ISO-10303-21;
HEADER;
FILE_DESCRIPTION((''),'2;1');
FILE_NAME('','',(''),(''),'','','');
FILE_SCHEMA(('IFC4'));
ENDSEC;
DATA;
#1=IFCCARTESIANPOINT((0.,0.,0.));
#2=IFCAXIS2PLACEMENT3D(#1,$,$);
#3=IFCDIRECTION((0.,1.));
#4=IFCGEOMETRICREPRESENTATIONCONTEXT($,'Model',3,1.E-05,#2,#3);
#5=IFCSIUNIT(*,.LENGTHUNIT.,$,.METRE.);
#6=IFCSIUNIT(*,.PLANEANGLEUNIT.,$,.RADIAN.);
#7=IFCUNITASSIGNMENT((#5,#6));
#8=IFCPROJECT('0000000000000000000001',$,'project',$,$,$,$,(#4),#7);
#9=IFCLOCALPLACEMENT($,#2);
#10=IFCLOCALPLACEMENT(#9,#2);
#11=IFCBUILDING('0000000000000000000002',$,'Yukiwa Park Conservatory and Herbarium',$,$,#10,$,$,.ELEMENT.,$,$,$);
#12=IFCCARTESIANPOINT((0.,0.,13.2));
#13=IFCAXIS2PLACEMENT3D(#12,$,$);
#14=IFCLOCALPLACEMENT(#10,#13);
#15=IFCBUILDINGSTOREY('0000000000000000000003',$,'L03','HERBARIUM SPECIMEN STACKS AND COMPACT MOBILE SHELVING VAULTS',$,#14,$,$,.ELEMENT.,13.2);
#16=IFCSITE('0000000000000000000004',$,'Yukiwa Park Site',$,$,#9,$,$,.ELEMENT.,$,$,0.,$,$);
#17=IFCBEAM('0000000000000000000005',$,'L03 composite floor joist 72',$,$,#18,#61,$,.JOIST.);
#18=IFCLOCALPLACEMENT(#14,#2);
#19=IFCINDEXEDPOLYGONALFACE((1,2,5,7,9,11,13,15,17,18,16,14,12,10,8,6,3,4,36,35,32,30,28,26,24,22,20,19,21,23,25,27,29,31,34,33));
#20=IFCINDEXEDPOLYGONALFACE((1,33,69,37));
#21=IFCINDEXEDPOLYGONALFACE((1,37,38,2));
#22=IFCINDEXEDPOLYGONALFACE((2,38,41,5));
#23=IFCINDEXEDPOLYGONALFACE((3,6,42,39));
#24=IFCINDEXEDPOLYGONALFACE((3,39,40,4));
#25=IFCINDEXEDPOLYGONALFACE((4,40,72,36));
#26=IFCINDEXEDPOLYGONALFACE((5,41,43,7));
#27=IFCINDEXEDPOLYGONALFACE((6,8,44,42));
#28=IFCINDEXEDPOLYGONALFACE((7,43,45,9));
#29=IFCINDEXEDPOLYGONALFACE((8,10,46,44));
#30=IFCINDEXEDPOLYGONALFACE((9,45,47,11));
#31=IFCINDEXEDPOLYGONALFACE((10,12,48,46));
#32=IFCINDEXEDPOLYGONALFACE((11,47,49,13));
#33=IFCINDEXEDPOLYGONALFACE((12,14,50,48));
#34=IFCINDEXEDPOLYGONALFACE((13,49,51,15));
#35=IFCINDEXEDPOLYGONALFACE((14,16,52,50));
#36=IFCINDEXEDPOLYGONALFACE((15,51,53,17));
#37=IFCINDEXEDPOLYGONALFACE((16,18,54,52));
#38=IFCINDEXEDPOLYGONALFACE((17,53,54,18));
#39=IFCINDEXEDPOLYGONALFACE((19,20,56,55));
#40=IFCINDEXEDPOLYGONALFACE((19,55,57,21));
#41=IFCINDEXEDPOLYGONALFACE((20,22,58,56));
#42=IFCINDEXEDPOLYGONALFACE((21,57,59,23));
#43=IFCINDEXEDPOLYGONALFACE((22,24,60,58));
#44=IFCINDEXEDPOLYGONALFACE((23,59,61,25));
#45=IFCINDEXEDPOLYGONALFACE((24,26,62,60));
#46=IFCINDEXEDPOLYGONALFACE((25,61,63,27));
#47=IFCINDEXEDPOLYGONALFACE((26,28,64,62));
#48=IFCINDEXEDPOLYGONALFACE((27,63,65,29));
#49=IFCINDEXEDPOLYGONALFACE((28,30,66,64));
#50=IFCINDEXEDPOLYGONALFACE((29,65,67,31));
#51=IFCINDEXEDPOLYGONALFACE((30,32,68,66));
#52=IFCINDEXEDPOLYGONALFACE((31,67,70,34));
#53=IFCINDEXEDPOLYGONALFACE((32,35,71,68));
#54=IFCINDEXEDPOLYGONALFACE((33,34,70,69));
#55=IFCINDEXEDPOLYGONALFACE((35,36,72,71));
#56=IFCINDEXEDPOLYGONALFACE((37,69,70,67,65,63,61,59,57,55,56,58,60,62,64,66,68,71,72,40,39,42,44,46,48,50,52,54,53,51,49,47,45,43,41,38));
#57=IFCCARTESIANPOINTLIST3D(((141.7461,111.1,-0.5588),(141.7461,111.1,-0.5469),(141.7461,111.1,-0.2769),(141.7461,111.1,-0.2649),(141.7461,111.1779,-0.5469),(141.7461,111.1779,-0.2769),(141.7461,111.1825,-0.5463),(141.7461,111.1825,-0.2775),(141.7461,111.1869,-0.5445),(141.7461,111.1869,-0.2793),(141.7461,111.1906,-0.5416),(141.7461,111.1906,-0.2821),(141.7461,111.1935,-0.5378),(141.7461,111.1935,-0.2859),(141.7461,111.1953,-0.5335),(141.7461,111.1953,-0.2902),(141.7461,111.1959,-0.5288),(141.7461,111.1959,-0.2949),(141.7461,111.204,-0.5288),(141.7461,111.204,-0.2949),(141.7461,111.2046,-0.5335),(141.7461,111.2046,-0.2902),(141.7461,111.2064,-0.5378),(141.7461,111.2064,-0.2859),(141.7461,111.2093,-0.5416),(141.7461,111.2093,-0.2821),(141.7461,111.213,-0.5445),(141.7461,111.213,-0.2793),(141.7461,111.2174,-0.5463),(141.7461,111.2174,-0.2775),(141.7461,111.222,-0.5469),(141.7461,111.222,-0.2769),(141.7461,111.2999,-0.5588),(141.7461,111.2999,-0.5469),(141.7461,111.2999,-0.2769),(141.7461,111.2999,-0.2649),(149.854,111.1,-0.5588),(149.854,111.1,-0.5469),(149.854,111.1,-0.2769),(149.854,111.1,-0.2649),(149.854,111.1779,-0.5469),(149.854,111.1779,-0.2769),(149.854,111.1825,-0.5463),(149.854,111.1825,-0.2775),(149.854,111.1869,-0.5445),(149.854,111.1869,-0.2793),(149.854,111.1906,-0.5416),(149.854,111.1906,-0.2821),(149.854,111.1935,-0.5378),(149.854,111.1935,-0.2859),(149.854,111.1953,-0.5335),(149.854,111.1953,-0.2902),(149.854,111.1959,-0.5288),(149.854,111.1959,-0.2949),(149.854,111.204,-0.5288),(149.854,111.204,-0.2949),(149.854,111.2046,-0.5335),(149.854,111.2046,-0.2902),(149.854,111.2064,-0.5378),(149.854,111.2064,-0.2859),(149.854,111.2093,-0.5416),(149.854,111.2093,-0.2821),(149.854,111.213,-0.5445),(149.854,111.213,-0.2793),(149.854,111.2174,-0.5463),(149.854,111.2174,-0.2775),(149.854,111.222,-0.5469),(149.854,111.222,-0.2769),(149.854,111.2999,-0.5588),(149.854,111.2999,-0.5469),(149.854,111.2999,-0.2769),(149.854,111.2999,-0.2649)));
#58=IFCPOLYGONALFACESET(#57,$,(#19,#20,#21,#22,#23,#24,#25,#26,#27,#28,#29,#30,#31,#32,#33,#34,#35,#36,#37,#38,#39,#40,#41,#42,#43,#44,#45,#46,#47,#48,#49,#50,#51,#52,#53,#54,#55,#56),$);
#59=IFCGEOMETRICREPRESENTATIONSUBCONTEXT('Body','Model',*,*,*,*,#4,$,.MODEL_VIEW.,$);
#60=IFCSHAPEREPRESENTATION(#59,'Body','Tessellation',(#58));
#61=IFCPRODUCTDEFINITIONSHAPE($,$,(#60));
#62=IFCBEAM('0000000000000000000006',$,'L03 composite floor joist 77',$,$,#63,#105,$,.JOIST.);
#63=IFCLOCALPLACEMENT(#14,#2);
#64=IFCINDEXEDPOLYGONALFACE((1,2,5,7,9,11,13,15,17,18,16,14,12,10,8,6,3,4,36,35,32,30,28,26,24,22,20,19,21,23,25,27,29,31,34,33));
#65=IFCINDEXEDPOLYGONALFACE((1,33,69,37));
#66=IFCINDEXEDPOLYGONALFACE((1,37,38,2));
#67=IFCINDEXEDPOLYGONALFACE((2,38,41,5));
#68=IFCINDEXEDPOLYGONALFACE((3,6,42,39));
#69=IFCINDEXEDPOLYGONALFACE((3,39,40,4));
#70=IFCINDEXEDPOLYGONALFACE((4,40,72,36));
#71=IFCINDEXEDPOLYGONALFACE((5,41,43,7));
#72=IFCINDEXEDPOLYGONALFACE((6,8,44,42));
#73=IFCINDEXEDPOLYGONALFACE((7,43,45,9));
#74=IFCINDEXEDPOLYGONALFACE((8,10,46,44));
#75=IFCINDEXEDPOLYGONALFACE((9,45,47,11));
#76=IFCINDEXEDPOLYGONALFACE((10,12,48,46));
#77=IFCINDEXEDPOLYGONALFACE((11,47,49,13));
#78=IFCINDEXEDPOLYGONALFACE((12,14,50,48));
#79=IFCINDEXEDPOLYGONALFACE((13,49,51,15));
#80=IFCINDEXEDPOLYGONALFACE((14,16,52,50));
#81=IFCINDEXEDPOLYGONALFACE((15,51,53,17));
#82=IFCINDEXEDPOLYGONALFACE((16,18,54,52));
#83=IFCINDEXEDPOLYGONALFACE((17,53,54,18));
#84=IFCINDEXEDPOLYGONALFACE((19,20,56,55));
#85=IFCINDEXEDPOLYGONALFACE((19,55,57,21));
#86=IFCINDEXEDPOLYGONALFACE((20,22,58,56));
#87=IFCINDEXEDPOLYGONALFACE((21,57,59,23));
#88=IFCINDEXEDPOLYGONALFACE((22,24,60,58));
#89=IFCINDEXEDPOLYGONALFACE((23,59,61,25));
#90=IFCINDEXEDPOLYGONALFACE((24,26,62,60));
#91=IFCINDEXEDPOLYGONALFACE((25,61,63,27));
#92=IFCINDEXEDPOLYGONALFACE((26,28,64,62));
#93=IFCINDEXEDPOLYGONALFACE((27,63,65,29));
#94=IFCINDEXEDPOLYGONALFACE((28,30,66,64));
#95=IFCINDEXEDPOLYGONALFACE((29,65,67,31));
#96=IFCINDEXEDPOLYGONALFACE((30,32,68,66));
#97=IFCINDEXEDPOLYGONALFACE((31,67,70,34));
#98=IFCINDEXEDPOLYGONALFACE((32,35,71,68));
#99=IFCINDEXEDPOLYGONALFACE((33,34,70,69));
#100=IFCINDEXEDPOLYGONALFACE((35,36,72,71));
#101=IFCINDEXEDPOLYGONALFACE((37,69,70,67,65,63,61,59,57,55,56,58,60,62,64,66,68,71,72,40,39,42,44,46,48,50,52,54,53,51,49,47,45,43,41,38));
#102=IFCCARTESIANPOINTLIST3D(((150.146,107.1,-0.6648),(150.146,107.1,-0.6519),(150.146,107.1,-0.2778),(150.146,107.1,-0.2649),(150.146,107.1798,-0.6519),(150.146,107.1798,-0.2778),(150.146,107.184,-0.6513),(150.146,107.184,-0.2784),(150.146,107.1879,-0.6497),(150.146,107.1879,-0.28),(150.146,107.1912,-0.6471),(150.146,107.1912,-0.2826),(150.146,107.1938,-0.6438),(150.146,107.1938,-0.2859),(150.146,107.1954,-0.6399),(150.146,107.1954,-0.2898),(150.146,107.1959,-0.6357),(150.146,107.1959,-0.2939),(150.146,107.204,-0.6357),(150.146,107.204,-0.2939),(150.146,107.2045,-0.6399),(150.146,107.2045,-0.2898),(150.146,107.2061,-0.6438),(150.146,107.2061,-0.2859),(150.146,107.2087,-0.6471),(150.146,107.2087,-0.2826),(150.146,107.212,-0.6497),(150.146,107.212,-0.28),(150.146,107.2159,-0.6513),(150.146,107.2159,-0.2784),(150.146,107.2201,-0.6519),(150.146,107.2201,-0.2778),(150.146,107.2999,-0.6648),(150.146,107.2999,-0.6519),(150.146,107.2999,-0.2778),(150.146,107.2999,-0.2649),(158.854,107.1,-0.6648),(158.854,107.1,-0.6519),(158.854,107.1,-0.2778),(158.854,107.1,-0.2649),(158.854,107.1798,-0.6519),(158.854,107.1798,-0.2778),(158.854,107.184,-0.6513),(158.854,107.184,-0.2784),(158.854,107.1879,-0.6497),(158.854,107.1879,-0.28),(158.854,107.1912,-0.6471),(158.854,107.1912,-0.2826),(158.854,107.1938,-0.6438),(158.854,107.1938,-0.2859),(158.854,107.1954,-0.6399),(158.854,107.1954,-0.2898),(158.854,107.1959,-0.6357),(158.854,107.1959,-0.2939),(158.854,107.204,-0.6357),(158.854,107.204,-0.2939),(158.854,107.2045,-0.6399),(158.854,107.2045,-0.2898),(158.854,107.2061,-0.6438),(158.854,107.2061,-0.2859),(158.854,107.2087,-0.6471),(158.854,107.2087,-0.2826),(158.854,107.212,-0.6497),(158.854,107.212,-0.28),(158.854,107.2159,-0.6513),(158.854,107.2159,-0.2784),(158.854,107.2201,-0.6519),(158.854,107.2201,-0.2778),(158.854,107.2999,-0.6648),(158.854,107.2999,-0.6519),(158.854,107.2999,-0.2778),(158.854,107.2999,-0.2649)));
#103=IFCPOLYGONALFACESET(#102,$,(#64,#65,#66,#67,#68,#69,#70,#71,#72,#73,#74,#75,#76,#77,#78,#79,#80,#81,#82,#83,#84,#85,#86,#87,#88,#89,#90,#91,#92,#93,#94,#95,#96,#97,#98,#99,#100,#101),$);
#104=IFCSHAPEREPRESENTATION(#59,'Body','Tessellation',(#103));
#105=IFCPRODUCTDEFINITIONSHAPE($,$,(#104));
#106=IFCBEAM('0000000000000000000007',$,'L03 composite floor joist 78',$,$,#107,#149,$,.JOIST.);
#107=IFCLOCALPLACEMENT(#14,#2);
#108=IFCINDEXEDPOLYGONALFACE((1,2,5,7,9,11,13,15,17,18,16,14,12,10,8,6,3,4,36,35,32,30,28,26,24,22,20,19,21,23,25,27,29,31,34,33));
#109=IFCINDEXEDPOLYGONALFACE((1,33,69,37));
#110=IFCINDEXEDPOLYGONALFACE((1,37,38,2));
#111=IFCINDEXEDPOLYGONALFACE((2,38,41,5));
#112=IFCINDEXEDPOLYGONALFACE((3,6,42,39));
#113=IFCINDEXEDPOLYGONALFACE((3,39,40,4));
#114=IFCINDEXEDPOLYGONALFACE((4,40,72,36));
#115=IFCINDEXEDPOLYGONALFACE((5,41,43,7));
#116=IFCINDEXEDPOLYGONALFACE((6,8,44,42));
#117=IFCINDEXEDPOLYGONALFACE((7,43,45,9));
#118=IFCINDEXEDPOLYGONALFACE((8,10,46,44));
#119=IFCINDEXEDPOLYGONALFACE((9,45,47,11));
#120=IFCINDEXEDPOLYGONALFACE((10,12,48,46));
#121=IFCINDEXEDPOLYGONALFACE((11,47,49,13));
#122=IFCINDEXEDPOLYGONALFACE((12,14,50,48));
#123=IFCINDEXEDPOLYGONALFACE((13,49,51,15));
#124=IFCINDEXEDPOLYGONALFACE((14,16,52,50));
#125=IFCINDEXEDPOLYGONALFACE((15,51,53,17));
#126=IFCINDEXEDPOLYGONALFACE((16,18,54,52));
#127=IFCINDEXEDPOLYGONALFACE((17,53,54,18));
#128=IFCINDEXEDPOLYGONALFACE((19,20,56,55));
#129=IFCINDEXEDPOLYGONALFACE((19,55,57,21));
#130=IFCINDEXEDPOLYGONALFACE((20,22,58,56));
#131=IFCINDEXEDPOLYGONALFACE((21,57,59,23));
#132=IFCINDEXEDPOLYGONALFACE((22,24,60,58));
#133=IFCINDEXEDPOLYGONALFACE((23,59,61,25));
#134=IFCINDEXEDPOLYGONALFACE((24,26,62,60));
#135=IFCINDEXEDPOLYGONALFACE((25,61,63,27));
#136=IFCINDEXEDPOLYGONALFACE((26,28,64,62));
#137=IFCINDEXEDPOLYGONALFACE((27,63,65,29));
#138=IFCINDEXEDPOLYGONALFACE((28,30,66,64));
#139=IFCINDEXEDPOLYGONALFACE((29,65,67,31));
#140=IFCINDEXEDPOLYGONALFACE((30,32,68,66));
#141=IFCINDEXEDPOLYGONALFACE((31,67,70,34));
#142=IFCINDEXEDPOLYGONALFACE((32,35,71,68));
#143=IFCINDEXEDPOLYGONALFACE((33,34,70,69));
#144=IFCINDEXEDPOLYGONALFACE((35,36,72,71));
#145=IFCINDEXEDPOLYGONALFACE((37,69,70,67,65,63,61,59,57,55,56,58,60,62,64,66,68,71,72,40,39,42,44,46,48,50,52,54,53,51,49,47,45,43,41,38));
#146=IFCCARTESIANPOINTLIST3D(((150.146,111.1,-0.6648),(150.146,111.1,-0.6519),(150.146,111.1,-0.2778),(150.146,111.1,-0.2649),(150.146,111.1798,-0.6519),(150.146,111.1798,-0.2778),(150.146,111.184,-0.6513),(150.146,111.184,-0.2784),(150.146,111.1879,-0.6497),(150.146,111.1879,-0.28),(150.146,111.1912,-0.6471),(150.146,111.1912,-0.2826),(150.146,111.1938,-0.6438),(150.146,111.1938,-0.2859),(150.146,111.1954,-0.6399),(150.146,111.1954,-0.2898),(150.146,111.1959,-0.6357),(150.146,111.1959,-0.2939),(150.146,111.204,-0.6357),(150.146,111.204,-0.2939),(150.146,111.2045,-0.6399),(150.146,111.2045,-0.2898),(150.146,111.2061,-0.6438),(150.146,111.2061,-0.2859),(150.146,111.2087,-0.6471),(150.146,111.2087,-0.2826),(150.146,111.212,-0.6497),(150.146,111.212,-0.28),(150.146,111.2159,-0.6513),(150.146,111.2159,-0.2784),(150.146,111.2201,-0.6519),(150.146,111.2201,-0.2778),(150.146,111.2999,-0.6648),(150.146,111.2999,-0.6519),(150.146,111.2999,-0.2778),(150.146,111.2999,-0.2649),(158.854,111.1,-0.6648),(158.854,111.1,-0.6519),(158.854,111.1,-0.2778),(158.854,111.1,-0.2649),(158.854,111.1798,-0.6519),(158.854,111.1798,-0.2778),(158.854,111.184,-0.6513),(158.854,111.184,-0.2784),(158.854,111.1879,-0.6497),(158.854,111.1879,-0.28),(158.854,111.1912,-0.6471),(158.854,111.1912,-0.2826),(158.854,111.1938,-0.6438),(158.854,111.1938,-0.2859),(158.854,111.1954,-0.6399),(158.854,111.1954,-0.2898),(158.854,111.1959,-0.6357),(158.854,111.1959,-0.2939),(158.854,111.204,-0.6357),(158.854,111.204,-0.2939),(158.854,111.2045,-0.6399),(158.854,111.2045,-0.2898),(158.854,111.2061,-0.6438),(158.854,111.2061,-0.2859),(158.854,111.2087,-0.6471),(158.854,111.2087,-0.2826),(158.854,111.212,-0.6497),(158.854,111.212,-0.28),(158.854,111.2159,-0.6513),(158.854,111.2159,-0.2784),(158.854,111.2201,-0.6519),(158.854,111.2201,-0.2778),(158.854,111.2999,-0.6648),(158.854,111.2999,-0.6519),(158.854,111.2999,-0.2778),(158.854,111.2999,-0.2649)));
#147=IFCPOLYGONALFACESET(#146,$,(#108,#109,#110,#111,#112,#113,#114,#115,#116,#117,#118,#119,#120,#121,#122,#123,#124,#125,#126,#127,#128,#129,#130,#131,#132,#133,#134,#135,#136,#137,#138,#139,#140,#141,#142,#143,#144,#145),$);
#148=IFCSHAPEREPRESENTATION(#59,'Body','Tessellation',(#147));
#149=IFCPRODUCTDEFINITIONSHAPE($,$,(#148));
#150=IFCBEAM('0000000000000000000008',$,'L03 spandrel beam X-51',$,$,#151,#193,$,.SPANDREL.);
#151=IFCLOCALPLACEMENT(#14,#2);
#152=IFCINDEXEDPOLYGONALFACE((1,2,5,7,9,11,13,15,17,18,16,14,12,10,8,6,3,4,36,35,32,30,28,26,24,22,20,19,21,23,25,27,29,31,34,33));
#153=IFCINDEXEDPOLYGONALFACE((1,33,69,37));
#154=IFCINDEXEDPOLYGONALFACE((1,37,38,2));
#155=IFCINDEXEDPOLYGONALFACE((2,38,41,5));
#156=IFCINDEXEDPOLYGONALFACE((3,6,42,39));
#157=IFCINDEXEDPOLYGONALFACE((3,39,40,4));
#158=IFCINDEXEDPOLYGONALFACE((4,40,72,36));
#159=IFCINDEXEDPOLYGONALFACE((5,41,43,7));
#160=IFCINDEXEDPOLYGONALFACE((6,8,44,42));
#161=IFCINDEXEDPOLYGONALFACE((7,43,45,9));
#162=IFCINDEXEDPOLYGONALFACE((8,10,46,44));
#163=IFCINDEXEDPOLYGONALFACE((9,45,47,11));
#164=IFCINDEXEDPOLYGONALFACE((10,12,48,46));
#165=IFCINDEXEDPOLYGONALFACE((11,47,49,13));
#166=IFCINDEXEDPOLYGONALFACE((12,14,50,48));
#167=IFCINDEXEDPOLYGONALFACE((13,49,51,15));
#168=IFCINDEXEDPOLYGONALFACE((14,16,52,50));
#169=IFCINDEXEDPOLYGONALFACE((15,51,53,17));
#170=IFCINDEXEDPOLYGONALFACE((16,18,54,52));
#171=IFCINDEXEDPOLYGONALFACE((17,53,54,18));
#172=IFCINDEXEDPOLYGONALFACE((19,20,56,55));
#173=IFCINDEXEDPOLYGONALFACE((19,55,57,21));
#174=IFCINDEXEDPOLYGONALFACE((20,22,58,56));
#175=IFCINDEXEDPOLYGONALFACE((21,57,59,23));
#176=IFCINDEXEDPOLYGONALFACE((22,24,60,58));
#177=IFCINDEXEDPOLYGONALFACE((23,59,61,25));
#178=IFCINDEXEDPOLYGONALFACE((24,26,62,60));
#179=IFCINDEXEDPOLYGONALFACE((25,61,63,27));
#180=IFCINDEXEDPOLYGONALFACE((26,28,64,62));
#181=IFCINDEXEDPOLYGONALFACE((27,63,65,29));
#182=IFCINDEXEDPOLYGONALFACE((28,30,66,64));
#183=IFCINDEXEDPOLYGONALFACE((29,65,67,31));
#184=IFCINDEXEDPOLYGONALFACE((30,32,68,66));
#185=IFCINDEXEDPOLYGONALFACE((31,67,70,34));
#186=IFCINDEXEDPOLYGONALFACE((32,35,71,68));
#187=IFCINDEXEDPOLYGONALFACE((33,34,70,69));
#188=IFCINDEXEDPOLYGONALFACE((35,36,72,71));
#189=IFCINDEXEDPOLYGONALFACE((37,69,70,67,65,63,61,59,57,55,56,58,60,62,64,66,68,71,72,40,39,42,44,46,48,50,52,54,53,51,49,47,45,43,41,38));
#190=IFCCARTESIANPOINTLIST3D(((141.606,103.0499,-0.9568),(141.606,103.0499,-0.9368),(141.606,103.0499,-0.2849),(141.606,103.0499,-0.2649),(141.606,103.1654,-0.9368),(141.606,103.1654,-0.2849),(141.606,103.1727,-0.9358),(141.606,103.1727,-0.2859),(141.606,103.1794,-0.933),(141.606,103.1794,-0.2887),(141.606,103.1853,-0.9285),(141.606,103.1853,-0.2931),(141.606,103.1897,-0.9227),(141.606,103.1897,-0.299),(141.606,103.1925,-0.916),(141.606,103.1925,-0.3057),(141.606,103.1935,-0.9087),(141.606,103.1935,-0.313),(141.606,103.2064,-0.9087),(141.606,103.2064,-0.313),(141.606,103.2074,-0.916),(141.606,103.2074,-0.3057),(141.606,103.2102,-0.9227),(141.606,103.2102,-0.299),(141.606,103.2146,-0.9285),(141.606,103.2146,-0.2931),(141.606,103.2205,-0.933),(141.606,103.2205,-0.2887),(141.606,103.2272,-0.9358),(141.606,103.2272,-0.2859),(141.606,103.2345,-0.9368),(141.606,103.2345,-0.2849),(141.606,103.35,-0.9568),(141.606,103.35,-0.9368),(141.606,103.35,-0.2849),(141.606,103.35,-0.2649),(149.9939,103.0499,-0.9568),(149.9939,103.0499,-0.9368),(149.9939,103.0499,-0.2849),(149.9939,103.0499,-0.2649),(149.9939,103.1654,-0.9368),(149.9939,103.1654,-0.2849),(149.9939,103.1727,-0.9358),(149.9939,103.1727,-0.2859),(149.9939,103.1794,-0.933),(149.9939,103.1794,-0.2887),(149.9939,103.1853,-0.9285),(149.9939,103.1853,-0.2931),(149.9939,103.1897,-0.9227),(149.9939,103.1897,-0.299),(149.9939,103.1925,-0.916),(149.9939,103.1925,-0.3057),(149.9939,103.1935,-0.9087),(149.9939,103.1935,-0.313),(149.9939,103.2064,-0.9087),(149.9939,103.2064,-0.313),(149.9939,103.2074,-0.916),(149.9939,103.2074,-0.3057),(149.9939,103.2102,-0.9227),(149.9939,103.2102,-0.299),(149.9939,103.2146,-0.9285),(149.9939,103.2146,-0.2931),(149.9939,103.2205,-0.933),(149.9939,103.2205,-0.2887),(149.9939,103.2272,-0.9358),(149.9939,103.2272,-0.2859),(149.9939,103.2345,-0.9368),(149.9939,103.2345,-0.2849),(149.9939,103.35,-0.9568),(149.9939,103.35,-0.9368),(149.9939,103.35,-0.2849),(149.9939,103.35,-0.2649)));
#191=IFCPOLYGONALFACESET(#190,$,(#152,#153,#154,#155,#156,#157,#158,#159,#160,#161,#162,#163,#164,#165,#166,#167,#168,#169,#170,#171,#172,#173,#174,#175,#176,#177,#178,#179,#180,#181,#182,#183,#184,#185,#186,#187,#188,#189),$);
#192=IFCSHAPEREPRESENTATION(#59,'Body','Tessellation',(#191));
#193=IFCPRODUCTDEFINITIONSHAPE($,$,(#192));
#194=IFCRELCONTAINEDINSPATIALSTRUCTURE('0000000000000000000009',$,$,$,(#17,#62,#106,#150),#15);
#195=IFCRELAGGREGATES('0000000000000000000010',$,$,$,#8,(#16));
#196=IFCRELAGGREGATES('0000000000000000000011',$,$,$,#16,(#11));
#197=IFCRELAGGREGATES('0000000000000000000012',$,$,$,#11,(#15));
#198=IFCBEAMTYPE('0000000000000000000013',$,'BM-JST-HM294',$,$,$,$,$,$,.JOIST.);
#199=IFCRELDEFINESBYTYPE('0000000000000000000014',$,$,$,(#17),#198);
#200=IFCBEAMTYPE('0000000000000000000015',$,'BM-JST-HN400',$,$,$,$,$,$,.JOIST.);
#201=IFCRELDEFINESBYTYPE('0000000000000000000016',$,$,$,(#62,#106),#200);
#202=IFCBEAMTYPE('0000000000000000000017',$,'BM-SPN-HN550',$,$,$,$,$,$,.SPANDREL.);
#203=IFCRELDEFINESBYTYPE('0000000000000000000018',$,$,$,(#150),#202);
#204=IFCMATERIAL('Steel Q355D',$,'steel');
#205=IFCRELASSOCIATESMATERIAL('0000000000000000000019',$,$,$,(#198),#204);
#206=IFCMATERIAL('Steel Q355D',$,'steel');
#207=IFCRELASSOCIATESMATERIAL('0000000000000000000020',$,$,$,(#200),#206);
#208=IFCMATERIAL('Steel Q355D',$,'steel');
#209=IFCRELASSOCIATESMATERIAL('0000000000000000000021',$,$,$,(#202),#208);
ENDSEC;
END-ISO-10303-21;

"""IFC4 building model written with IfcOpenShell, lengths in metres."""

from ifc_helpers import new_model, si_unit, direction, frame, origin, origin_2d, place, context, subcontext, project, spatial, i_section, extrude, material, material_profile, profile_set, type_object, element, save


model = new_model("IFC4")

# Units and contexts
model_context = context("Model", 3, precision=1e-05, world=origin(), true_north=direction((0.0, 1.0)))
body_context = subcontext(model_context, "Body", "Model", "MODEL_VIEW")
ifc_project = project(units=[si_unit("LENGTHUNIT", "METRE"), si_unit("PLANEANGLEUNIT", "RADIAN")], contexts=[model_context])

# Site, building, storey
site_placement = place(None, origin())
site = spatial("IfcSite", under=ifc_project, at=site_placement, Name="Yukiwa Park Site", CompositionType="ELEMENT", RefElevation=0.0)
building_placement = place(site_placement, origin())
building = spatial("IfcBuilding", under=site, at=building_placement, Name="Yukiwa Park Conservatory and Herbarium", CompositionType="ELEMENT")
storey_placement = place(building_placement, frame((0.0, 0.0, 13.2)))
storey = spatial("IfcBuildingStorey", under=building, at=storey_placement, Name="L03", Description="HERBARIUM SPECIMEN STACKS AND COMPACT MOBILE SHELVING VAULTS", CompositionType="ELEMENT", Elevation=13.2)

# Beams
ifc_material_1 = material(Name="Steel Q355D", Category="steel")
ifc_material_profile_1 = material_profile(ifc_material_1, i_section(OverallWidth=0.2, OverallDepth=0.2939, WebThickness=0.0081, FlangeThickness=0.012, FilletRadius=0.0181, at=origin_2d()), Name="HM 294x200x8x12")
ifc_profile_set_1 = profile_set([ifc_material_profile_1], Name="Steel Q355D")
beam_type_1 = type_object("IfcBeamType", Name="BM-JST-HM294", PredefinedType="JOIST", material=ifc_profile_set_1)
for number, where, z_axis, x_axis, name in (
    (1, (141.7461, 111.2, -0.4119), (1.0, 0.0, 0.0), (0.0, 1.0, 0.0), "L03 composite floor joist 72"),
):
    element("IfcBeam", number, at=place(storey_placement, frame(where, z_axis=z_axis, x_axis=x_axis)), inside=storey, type_object=beam_type_1, Name=name, PredefinedType="JOIST", context=body_context, shape_type="SweptSolid", body=[
        extrude(i_section(OverallWidth=0.2, OverallDepth=0.2939, WebThickness=0.0081, FlangeThickness=0.012, FilletRadius=0.0181, at=origin_2d()), origin(), (0.0, 0.0, 1.0), 8.1079),
    ])
ifc_material_2 = material(Name="Steel Q355D", Category="steel")
ifc_material_profile_2 = material_profile(ifc_material_2, i_section(OverallWidth=0.2, OverallDepth=0.3999, WebThickness=0.0081, FlangeThickness=0.0129, FilletRadius=0.0161, at=origin_2d()), Name="HN 400x200x8x13")
ifc_profile_set_2 = profile_set([ifc_material_profile_2], Name="Steel Q355D")
beam_type_2 = type_object("IfcBeamType", Name="BM-JST-HN400", PredefinedType="JOIST", material=ifc_profile_set_2)
for number, where, z_axis, x_axis, name in (
    (2, (150.146, 107.2, -0.4648), (1.0, 0.0, 0.0), (0.0, 1.0, 0.0), "L03 composite floor joist 77"),
    (3, (150.146, 111.2, -0.4648), (1.0, 0.0, 0.0), (0.0, 1.0, 0.0), "L03 composite floor joist 78"),
):
    element("IfcBeam", number, at=place(storey_placement, frame(where, z_axis=z_axis, x_axis=x_axis)), inside=storey, type_object=beam_type_2, Name=name, PredefinedType="JOIST", context=body_context, shape_type="SweptSolid", body=[
        extrude(i_section(OverallWidth=0.2, OverallDepth=0.3999, WebThickness=0.0081, FlangeThickness=0.0129, FilletRadius=0.0161, at=origin_2d()), origin(), (0.0, 0.0, 1.0), 8.708),
    ])
ifc_material_3 = material(Name="Steel Q355D", Category="steel")
ifc_material_profile_3 = material_profile(ifc_material_3, i_section(OverallWidth=0.3, OverallDepth=0.6919, WebThickness=0.0129, FlangeThickness=0.02, FilletRadius=0.0281, at=origin_2d()), Name="HN 692x300x13x20")
ifc_profile_set_3 = profile_set([ifc_material_profile_3], Name="Steel Q355D")
beam_type_3 = type_object("IfcBeamType", Name="BM-SPN-HN550", PredefinedType="SPANDREL", material=ifc_profile_set_3)
for number, where, z_axis, x_axis, name in (
    (4, (141.606, 103.2, -0.6108), (1.0, 0.0, 0.0), (0.0, 1.0, 0.0), "L03 spandrel beam X-51"),
):
    element("IfcBeam", number, at=place(storey_placement, frame(where, z_axis=z_axis, x_axis=x_axis)), inside=storey, type_object=beam_type_3, Name=name, PredefinedType="SPANDREL", context=body_context, shape_type="SweptSolid", body=[
        extrude(i_section(OverallWidth=0.3, OverallDepth=0.6919, WebThickness=0.0129, FlangeThickness=0.02, FilletRadius=0.0281, at=origin_2d()), origin(), (0.0, 0.0, 1.0), 8.3879),
    ])

save(model, "model.ifc")
